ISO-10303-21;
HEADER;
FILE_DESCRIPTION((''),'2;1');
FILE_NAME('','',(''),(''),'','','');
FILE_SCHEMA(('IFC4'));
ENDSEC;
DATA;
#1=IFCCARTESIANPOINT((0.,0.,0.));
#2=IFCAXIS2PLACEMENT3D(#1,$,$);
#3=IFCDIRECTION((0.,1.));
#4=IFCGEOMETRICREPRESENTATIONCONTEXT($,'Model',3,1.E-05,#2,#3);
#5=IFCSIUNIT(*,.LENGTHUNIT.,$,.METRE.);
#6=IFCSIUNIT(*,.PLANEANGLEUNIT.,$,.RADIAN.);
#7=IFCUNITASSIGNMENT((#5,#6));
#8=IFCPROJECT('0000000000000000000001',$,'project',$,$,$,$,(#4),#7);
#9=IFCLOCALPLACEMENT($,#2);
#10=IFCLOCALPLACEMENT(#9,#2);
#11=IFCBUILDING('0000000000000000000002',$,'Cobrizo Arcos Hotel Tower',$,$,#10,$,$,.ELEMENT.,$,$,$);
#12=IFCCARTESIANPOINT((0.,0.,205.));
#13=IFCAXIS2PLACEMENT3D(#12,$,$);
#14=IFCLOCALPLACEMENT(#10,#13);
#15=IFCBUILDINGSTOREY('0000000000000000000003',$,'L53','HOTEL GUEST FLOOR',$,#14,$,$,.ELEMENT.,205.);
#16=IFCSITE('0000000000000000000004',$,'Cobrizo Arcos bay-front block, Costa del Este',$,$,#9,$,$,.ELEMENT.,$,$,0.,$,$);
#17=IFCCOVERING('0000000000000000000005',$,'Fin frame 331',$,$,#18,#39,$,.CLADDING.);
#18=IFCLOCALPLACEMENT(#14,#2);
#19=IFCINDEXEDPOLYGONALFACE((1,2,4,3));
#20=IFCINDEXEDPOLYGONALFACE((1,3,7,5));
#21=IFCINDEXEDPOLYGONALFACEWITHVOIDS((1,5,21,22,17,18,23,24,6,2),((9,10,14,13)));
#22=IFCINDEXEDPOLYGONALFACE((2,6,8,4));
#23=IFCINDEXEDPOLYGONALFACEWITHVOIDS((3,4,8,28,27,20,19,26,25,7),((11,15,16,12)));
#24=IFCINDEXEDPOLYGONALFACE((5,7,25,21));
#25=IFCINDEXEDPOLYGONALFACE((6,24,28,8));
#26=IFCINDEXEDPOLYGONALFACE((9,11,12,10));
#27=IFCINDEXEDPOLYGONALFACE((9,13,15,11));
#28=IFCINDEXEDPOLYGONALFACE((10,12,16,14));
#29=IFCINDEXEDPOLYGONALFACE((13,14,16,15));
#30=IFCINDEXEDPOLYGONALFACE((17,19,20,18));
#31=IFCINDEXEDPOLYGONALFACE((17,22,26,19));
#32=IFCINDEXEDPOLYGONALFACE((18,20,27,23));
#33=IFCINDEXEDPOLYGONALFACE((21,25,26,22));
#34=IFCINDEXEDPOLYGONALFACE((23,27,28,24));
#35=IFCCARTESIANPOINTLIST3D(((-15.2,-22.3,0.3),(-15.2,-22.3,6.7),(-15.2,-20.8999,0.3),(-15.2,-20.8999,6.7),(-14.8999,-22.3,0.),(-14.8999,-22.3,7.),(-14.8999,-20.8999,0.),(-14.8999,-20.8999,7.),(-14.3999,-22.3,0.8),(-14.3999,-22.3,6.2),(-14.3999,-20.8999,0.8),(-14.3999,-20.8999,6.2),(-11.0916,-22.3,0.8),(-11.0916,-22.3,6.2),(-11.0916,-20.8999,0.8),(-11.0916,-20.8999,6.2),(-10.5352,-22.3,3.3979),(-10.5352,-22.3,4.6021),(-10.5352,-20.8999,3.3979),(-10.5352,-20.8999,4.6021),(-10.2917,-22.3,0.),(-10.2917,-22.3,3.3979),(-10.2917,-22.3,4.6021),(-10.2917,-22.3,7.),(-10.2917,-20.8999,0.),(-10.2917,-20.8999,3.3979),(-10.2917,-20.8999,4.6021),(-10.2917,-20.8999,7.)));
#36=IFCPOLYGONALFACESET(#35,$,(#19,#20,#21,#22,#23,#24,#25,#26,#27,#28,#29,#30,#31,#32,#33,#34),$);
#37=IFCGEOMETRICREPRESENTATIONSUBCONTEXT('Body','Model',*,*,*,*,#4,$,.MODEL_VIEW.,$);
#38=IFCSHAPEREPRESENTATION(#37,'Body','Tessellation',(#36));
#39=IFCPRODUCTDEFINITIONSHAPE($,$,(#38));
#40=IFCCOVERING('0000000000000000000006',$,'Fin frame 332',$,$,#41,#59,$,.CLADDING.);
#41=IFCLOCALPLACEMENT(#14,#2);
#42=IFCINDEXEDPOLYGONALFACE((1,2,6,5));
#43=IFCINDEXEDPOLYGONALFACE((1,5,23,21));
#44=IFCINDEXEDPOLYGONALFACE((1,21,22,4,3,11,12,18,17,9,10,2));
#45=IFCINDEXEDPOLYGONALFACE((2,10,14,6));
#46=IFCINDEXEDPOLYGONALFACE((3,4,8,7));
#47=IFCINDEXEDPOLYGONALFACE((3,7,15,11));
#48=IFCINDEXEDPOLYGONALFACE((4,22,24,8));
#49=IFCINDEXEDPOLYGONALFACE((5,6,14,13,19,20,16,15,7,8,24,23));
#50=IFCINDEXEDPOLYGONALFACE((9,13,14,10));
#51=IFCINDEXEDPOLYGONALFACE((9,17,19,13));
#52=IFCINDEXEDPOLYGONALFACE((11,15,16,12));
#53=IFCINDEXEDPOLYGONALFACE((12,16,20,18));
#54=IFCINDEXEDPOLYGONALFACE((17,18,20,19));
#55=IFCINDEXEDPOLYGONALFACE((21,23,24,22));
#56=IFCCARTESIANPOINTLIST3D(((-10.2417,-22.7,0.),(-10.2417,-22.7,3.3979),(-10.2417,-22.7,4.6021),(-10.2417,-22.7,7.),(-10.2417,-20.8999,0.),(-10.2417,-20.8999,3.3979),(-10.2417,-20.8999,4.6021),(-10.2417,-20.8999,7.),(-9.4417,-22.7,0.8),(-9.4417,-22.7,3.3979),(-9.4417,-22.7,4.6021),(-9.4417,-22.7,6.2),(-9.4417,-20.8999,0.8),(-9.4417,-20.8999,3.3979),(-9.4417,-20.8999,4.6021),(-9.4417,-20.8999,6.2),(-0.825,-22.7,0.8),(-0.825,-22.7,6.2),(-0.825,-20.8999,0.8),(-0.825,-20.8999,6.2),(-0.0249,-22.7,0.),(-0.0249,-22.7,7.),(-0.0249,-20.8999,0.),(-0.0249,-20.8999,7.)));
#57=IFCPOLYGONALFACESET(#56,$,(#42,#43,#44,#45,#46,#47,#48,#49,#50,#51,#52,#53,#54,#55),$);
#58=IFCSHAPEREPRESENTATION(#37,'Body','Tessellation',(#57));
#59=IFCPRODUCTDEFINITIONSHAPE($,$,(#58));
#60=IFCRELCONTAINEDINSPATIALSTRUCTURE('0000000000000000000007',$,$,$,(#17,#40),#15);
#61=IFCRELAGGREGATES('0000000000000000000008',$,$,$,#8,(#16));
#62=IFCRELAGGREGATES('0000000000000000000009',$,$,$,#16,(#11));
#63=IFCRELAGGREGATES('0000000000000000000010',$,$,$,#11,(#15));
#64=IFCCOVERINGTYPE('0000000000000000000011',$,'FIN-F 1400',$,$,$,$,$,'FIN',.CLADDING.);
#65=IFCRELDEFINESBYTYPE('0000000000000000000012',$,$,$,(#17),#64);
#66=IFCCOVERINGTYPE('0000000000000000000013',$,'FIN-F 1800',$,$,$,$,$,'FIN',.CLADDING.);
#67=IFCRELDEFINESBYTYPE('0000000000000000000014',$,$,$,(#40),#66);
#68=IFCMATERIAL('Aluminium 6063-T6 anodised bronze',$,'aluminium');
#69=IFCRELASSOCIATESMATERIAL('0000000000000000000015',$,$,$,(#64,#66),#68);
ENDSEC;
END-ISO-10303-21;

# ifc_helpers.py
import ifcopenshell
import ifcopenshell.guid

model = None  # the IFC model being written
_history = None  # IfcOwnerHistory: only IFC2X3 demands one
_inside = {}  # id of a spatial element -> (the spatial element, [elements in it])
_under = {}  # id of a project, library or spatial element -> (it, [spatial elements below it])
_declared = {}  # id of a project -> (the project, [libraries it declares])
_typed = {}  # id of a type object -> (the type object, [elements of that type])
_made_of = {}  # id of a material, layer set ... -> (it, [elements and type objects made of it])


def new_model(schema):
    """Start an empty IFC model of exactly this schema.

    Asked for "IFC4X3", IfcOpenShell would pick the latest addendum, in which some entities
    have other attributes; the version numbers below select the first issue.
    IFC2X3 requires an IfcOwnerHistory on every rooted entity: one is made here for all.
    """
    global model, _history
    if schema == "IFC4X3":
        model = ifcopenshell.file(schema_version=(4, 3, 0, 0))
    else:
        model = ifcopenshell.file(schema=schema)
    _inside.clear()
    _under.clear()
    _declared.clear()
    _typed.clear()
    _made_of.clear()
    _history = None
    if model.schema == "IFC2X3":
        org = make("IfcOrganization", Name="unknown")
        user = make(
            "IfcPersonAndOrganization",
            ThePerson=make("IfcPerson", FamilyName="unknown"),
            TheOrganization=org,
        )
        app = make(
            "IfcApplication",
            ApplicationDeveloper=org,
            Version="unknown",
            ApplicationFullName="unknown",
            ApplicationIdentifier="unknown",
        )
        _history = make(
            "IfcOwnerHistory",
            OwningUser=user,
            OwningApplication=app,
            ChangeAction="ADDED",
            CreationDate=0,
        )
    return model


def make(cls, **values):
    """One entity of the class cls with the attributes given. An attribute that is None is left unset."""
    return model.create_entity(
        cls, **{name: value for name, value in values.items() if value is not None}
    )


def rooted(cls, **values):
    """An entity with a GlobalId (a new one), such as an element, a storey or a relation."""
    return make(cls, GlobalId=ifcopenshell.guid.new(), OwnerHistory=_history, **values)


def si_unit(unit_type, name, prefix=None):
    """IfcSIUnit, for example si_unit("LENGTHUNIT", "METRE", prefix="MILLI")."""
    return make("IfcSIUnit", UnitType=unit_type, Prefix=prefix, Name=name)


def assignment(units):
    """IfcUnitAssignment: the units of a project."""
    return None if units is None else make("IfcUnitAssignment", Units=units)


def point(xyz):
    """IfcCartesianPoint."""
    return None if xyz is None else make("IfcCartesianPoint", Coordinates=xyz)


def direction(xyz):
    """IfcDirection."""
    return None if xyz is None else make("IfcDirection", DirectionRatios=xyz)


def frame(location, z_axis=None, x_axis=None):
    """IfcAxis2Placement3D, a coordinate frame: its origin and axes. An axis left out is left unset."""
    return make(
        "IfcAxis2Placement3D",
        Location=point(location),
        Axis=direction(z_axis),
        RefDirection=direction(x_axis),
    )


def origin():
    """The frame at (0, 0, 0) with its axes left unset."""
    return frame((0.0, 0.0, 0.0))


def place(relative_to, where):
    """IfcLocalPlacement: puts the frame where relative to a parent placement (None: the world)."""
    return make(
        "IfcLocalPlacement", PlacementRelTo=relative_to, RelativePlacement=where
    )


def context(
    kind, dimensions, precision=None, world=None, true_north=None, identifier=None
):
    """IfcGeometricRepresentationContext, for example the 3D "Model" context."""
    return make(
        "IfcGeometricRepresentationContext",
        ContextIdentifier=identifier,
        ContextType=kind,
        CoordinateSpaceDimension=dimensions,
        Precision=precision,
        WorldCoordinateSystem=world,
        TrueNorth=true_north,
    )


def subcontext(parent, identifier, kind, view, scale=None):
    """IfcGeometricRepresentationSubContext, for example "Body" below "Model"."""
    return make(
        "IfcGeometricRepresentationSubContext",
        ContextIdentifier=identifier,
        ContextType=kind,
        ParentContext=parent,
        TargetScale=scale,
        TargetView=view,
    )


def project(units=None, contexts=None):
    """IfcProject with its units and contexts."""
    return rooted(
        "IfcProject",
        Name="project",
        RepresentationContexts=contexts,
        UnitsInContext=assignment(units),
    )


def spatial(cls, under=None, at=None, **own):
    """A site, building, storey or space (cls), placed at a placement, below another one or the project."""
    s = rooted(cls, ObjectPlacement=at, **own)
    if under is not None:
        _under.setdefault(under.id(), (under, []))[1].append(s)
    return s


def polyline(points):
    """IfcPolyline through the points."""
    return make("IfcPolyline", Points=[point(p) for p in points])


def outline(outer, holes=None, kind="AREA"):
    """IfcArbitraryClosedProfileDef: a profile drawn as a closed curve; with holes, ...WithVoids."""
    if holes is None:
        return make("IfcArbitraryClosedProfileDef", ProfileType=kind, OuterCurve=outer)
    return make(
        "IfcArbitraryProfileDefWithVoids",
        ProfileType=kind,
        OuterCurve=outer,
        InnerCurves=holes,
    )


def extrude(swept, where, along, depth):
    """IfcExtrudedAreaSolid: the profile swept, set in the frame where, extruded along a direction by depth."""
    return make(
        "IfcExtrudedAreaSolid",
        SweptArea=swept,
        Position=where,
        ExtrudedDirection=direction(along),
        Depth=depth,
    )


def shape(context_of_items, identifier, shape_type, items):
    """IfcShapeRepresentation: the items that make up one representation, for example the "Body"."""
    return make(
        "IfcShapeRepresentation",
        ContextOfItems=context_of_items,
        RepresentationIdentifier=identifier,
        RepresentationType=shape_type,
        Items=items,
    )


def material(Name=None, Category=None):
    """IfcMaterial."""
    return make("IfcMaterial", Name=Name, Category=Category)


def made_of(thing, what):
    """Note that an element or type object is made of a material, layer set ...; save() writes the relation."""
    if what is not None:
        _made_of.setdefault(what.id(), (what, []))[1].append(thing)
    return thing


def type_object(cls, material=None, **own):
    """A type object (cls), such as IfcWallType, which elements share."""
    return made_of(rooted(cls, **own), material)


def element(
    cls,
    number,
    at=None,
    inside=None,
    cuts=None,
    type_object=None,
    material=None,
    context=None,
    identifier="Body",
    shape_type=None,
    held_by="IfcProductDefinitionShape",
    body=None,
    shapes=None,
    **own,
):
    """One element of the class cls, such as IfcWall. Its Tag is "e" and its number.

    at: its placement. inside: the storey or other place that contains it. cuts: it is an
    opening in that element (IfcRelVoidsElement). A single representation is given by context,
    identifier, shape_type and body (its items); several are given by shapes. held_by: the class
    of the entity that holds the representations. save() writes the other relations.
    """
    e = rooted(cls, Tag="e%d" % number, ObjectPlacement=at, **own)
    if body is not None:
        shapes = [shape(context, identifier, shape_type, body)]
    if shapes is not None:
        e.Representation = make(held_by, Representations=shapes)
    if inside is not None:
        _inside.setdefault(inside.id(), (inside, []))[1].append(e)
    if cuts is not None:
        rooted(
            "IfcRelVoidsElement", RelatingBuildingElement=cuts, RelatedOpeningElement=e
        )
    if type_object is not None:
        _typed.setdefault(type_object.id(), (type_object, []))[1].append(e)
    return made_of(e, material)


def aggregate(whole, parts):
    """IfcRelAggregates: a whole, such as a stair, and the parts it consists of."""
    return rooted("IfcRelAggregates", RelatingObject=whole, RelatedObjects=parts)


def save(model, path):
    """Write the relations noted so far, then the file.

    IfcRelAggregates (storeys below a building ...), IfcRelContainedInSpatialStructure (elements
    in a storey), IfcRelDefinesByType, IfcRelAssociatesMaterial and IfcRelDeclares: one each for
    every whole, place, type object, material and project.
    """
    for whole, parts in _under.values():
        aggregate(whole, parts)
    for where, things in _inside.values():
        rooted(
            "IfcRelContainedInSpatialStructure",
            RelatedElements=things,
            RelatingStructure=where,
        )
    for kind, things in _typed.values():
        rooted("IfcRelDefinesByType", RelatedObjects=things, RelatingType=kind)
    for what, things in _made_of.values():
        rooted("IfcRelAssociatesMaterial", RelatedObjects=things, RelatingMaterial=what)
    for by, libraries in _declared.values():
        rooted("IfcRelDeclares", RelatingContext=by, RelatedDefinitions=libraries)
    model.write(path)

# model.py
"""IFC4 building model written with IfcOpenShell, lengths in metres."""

from ifc_helpers import new_model, si_unit, direction, frame, origin, place, context, subcontext, project, spatial, polyline, outline, extrude, material, type_object, element, save


model = new_model("IFC4")

# Units and contexts
model_context = context("Model", 3, precision=1e-05, world=origin(), true_north=direction((0.0, 1.0)))
body_context = subcontext(model_context, "Body", "Model", "MODEL_VIEW")
ifc_project = project(units=[si_unit("LENGTHUNIT", "METRE"), si_unit("PLANEANGLEUNIT", "RADIAN")], contexts=[model_context])

# Site, building, storey
site_placement = place(None, origin())
site = spatial("IfcSite", under=ifc_project, at=site_placement, Name="Cobrizo Arcos bay-front block, Costa del Este", CompositionType="ELEMENT", RefElevation=0.0)
building_placement = place(site_placement, origin())
building = spatial("IfcBuilding", under=site, at=building_placement, Name="Cobrizo Arcos Hotel Tower", CompositionType="ELEMENT")
storey_placement = place(building_placement, frame((0.0, 0.0, 205.0)))
storey = spatial("IfcBuildingStorey", under=building, at=storey_placement, Name="L53", Description="HOTEL GUEST FLOOR", CompositionType="ELEMENT", Elevation=205.0)

# Shared definitions
ifc_material_1 = material(Name="Aluminium 6063-T6 anodised bronze", Category="aluminium")

# Coverings
covering_type_1 = type_object("IfcCoveringType", Name="FIN-F 1400", ElementType="FIN", PredefinedType="CLADDING", material=ifc_material_1)
covering_1_placement = place(storey_placement, frame((-15.2, -20.8999, 0.0), z_axis=(0.0, -1.0, 0.0), x_axis=(1.0, 0.0, 0.0)))
element("IfcCovering", 1, at=covering_1_placement, inside=storey, type_object=covering_type_1, Name="Fin frame 331", PredefinedType="CLADDING", context=body_context, shape_type="SweptSolid", body=[
    extrude(outline(polyline([(4.9082, 0.0), (4.9082, 3.3979), (4.6648, 3.3979), (4.6648, 4.6021), (4.9082, 4.6021), (4.9082, 7.0), (0.3, 7.0), (0.0, 6.7), (0.0, 0.3), (0.3, 0.0), (4.9082, 0.0)]), holes=[polyline([(4.1084, 0.8), (0.8, 0.8), (0.8, 6.2), (4.1084, 6.2), (4.1084, 0.8)])]), origin(), (0.0, 0.0, 1.0), 1.4001),
])
covering_type_2 = type_object("IfcCoveringType", Name="FIN-F 1800", ElementType="FIN", PredefinedType="CLADDING", material=ifc_material_1)
covering_2_placement = place(storey_placement, frame((-10.2417, -20.8999, 0.0), z_axis=(0.0, -1.0, 0.0), x_axis=(1.0, 0.0, 0.0)))
element("IfcCovering", 2, at=covering_2_placement, inside=storey, type_object=covering_type_2, Name="Fin frame 332", PredefinedType="CLADDING", context=body_context, shape_type="SweptSolid", body=[
    extrude(outline(polyline([(0.0, 7.0), (0.0, 4.6021), (0.8, 4.6021), (0.8, 6.2), (9.4167, 6.2), (9.4167, 0.8), (0.8, 0.8), (0.8, 3.3979), (0.0, 3.3979), (0.0, 0.0), (10.2168, 0.0), (10.2168, 7.0), (0.0, 7.0)])), origin(), (0.0, 0.0, 1.0), 1.8),
])

save(model, "model.ifc")
